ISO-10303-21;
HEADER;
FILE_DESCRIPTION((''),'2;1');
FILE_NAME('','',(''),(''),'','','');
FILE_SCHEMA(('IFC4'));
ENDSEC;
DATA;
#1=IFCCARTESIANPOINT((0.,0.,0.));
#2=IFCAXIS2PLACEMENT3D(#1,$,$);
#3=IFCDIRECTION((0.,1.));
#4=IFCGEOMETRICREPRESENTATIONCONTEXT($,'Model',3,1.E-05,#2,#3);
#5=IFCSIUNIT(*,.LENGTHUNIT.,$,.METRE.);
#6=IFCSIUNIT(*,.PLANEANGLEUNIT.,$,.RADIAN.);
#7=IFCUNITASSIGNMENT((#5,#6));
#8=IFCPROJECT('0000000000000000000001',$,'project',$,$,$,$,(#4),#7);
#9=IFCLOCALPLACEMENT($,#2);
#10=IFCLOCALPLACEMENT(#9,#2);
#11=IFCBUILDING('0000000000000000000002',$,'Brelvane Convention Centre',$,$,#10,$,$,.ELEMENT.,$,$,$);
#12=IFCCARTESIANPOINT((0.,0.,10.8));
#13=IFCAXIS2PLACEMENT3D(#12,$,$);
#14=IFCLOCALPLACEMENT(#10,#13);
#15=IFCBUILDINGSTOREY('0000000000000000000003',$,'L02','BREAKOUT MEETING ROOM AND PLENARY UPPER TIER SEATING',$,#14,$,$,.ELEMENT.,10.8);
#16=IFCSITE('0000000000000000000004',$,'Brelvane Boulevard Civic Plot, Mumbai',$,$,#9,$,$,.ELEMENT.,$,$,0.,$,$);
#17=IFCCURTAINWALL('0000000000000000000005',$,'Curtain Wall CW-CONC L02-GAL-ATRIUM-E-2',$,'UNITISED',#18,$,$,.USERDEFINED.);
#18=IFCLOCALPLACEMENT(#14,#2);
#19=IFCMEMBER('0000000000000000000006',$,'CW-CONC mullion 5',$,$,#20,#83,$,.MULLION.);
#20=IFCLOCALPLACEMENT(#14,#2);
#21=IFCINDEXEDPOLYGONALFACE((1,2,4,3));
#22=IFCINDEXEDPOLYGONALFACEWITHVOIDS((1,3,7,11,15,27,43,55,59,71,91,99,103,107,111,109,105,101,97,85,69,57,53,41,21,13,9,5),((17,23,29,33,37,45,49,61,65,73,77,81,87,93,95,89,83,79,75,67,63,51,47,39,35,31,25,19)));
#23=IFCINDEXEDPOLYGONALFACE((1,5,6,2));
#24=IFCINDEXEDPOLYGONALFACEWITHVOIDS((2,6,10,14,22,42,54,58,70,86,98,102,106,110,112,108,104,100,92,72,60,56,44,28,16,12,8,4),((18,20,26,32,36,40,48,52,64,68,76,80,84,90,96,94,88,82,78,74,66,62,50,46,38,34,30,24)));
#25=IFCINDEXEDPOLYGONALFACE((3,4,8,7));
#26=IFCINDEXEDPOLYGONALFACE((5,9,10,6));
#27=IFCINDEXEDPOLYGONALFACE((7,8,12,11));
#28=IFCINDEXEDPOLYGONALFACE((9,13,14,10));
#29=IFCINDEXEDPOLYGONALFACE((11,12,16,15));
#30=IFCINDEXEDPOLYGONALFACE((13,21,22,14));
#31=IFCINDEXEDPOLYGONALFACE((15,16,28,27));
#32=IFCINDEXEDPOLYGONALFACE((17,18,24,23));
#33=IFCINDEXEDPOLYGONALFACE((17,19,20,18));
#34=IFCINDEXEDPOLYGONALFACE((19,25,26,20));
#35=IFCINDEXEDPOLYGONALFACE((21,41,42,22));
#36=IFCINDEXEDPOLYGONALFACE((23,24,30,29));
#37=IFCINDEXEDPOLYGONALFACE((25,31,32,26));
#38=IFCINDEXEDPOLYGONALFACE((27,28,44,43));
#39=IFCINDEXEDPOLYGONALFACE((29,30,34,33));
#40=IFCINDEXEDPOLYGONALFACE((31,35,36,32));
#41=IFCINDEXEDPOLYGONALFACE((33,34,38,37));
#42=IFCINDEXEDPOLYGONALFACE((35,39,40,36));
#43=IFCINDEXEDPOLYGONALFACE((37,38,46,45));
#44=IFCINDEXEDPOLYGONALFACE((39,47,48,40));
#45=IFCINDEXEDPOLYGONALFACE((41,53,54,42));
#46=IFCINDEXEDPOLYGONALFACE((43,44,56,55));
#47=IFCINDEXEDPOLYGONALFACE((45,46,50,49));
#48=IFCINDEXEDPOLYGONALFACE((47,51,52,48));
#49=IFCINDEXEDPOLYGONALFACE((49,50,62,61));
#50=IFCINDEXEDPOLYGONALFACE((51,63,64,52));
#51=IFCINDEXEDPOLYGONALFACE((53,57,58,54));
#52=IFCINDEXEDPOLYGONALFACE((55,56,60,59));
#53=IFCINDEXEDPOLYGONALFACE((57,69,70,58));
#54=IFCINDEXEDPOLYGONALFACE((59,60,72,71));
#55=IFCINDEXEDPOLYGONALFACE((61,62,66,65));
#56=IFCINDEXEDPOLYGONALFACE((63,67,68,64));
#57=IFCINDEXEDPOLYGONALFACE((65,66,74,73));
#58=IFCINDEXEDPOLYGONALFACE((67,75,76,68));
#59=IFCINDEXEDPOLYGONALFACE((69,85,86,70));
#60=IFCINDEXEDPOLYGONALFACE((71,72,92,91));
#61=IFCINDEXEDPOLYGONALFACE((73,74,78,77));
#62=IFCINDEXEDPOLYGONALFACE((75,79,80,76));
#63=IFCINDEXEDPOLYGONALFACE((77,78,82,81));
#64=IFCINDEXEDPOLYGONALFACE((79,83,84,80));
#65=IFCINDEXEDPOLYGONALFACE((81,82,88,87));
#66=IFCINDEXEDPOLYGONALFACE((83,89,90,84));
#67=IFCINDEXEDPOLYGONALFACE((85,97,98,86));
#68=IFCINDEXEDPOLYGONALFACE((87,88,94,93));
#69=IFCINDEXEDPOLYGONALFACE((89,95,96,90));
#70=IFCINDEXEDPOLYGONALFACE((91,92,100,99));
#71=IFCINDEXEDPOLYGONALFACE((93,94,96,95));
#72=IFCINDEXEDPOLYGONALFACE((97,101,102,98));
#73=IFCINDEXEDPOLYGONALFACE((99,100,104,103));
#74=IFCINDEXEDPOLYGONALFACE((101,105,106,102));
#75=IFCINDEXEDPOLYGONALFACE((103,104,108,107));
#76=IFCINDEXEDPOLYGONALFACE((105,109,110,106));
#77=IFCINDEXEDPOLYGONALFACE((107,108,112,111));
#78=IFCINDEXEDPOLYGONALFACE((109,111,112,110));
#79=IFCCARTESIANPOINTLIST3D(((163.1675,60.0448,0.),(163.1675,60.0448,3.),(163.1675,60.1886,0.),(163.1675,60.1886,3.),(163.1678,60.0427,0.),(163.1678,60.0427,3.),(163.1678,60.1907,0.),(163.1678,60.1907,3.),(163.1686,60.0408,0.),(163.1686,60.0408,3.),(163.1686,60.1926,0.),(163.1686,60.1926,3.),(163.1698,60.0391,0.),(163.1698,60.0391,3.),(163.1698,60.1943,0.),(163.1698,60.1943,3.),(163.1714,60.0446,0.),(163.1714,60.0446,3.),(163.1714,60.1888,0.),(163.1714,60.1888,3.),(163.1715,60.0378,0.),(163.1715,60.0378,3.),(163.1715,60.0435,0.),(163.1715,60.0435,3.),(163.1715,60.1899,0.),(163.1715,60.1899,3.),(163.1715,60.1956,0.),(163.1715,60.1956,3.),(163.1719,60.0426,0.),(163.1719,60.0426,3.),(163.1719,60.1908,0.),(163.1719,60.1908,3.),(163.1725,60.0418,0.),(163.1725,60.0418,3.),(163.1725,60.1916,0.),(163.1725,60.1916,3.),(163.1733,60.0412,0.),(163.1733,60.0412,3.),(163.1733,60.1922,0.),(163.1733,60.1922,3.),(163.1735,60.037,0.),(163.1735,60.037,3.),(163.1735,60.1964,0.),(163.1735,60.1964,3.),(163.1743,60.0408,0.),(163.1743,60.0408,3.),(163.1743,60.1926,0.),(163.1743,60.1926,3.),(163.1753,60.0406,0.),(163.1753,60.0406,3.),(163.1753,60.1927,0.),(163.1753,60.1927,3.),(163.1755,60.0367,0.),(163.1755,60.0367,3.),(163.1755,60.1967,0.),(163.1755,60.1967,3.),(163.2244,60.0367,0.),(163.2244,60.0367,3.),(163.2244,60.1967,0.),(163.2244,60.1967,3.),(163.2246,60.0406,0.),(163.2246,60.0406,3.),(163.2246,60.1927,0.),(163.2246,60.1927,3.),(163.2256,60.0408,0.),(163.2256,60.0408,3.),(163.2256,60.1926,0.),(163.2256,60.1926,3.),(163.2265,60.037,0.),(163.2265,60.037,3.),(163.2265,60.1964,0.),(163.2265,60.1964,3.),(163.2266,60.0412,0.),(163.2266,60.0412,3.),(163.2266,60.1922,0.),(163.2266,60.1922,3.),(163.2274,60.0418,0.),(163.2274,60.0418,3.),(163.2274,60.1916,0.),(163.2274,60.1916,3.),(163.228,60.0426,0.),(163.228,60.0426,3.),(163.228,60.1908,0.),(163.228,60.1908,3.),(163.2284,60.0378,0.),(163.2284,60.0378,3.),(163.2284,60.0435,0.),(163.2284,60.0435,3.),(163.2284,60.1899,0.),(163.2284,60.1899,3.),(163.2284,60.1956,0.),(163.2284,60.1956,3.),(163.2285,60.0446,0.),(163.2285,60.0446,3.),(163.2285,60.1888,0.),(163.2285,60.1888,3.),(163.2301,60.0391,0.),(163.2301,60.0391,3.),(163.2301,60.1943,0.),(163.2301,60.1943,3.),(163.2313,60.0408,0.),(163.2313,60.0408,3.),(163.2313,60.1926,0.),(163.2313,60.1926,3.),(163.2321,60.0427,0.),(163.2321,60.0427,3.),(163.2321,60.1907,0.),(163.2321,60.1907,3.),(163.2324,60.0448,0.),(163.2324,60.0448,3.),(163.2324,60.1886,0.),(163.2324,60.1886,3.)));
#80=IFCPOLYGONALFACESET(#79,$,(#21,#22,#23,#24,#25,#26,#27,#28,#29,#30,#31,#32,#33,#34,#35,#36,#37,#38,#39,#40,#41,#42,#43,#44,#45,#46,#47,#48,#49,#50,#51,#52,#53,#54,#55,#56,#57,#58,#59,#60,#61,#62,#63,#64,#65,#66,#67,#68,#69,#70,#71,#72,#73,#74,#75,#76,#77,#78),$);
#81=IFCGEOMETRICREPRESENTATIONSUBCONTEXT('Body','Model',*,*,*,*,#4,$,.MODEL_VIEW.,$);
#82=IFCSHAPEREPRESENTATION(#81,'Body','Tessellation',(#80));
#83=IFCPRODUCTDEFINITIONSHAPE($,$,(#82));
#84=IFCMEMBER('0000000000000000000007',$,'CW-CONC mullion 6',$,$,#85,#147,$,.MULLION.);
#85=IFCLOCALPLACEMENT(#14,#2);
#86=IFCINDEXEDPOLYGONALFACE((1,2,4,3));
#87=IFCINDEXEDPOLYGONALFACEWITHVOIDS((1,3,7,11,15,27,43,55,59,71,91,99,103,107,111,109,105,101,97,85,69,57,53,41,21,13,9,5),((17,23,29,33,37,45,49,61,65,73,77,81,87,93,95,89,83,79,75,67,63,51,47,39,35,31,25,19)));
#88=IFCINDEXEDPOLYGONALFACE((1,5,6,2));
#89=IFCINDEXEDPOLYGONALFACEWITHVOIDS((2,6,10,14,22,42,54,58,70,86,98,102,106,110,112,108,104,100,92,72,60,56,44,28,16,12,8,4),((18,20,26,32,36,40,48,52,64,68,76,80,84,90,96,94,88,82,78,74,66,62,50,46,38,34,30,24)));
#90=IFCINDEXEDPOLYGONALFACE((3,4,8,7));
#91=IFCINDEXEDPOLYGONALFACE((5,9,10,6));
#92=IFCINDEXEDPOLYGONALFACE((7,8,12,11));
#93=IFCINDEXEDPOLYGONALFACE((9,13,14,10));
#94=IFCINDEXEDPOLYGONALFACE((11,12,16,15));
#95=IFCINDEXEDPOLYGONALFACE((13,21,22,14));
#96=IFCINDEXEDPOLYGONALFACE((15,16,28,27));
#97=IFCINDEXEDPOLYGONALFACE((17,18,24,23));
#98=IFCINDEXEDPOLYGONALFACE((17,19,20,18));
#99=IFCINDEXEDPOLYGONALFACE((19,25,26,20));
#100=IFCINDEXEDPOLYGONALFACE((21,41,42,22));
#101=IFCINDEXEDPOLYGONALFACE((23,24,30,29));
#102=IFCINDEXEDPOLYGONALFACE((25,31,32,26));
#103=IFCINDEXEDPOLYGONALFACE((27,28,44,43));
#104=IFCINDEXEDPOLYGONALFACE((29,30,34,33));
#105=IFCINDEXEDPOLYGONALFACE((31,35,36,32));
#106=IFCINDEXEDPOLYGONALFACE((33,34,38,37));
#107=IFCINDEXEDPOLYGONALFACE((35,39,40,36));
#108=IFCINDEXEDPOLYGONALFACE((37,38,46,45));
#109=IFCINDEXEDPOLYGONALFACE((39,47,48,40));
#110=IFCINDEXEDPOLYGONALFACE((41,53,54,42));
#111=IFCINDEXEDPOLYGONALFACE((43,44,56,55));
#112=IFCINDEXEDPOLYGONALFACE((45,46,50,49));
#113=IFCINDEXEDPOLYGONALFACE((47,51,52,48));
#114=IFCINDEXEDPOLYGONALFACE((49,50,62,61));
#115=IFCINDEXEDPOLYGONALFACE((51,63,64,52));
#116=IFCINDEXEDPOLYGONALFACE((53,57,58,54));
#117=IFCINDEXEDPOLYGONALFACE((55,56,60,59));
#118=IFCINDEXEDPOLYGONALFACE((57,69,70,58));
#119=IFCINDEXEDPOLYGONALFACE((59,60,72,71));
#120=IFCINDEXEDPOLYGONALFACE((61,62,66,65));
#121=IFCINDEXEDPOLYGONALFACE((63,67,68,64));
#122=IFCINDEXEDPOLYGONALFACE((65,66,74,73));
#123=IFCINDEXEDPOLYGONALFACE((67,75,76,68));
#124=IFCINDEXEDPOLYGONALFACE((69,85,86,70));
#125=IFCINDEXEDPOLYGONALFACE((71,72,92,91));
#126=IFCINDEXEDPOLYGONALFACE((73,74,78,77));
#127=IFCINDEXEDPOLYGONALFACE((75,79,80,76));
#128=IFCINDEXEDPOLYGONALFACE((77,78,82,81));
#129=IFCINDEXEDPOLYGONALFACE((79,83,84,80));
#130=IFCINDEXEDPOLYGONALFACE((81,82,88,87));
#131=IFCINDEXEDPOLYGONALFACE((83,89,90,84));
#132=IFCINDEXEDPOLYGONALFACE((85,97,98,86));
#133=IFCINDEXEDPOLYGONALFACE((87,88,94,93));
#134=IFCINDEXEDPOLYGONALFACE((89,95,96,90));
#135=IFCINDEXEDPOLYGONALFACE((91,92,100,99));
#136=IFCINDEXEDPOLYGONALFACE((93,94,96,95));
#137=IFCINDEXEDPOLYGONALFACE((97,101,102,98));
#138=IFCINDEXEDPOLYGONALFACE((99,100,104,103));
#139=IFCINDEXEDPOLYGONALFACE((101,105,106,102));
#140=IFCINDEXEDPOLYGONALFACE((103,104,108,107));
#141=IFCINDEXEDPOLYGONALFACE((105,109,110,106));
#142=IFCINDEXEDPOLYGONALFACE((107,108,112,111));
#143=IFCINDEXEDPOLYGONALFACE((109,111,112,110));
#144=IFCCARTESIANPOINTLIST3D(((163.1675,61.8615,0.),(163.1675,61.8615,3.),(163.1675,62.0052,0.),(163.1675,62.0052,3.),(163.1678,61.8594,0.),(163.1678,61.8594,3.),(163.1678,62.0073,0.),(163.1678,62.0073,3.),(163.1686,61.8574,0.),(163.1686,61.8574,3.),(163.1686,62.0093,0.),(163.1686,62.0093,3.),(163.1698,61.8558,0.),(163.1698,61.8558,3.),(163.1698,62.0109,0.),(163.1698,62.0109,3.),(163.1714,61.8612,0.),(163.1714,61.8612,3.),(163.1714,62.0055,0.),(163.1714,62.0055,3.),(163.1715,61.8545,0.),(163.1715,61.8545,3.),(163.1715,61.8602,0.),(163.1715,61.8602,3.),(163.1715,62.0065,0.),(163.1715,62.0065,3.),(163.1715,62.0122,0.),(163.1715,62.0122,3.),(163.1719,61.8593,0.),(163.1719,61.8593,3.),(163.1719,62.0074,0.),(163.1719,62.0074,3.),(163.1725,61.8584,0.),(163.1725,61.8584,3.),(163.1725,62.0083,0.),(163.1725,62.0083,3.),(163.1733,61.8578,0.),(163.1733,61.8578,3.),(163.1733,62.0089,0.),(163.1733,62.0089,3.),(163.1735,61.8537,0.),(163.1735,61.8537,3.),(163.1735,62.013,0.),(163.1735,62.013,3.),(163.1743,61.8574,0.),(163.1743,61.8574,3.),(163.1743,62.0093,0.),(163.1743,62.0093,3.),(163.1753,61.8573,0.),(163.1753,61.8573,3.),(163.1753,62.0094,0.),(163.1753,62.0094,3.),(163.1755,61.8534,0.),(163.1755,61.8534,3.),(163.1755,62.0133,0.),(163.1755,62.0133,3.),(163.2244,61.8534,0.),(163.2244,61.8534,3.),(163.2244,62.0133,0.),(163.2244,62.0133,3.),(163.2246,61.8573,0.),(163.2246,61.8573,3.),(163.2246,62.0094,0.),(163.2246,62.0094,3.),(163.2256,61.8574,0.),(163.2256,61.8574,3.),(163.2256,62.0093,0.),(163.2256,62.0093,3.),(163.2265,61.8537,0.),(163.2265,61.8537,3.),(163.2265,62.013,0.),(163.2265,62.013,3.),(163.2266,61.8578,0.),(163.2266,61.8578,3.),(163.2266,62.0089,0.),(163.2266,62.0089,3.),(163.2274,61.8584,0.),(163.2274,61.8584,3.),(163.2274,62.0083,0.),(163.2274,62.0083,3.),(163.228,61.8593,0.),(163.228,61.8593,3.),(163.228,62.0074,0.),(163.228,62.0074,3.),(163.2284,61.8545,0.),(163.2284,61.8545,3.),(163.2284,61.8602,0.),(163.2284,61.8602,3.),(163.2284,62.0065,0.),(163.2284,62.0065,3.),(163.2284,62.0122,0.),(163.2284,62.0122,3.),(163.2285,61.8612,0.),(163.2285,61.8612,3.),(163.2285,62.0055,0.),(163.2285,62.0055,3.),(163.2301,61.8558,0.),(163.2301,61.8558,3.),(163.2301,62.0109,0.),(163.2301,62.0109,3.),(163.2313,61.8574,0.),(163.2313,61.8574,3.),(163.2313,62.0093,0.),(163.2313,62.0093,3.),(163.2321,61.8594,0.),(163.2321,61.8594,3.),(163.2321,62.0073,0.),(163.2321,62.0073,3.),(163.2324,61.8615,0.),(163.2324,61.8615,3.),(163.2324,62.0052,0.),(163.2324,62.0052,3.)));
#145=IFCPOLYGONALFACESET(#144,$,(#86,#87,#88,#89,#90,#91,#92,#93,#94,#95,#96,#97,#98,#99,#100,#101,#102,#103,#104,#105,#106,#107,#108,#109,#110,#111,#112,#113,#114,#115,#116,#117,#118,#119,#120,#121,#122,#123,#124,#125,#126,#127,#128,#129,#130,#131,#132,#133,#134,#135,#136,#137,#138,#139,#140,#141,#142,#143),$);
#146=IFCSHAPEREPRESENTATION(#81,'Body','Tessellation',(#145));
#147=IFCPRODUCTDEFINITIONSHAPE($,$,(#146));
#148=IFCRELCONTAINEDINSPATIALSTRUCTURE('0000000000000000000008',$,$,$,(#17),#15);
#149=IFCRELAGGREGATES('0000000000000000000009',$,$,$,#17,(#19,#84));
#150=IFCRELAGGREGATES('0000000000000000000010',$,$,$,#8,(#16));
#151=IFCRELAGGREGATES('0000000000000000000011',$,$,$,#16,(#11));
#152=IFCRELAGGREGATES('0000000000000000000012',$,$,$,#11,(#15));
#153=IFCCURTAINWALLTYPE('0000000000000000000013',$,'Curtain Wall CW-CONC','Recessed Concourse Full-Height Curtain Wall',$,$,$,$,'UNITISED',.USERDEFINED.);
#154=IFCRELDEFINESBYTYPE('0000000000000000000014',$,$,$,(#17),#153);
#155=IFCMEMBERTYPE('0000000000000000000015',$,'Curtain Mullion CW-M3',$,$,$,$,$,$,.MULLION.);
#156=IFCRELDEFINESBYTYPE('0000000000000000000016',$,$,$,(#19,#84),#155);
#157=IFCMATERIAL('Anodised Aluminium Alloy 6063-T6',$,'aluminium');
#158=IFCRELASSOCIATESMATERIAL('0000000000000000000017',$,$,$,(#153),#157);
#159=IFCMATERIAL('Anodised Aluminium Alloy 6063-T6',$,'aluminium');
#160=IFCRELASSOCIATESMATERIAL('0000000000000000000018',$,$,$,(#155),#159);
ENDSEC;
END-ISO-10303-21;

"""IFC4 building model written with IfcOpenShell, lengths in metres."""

from ifc_helpers import new_model, si_unit, direction, frame, origin, origin_2d, place, context, subcontext, project, spatial, hollow_rectangle, extrude, material, material_profile, profile_set, type_object, element, aggregate, save


model = new_model("IFC4")

# Units and contexts
model_context = context("Model", 3, precision=1e-05, world=origin(), true_north=direction((0.0, 1.0)))
body_context = subcontext(model_context, "Body", "Model", "MODEL_VIEW")
ifc_project = project(units=[si_unit("LENGTHUNIT", "METRE"), si_unit("PLANEANGLEUNIT", "RADIAN")], contexts=[model_context])

# Site, building, storey
site_placement = place(None, origin())
site = spatial("IfcSite", under=ifc_project, at=site_placement, Name="Brelvane Boulevard Civic Plot, Mumbai", CompositionType="ELEMENT", RefElevation=0.0)
building_placement = place(site_placement, origin())
building = spatial("IfcBuilding", under=site, at=building_placement, Name="Brelvane Convention Centre", CompositionType="ELEMENT")
storey_placement = place(building_placement, frame((0.0, 0.0, 10.8)))
storey = spatial("IfcBuildingStorey", under=building, at=storey_placement, Name="L02", Description="BREAKOUT MEETING ROOM AND PLENARY UPPER TIER SEATING", CompositionType="ELEMENT", Elevation=10.8)

# Curtain wall, members
ifc_material_1 = material(Name="Anodised Aluminium Alloy 6063-T6", Category="aluminium")
curtain_wall_type = type_object("IfcCurtainWallType", Name="Curtain Wall CW-CONC", Description="Recessed Concourse Full-Height Curtain Wall", ElementType="UNITISED", PredefinedType="USERDEFINED", material=ifc_material_1)
curtain_wall_placement = place(storey_placement, origin())
curtain_wall = element("IfcCurtainWall", 1, at=curtain_wall_placement, inside=storey, type_object=curtain_wall_type, Name="Curtain Wall CW-CONC L02-GAL-ATRIUM-E-2", ObjectType="UNITISED", PredefinedType="USERDEFINED")
ifc_material_2 = material(Name="Anodised Aluminium Alloy 6063-T6", Category="aluminium")
ifc_material_profile_1 = material_profile(ifc_material_2, hollow_rectangle(XDim=0.0649, YDim=0.1599, WallThickness=0.0039, InnerFilletRadius=0.0039, OuterFilletRadius=0.0081, at=origin_2d()), Name="ALU-M 160x65x4.0")
ifc_profile_set_1 = profile_set([ifc_material_profile_1], Name="Anodised Aluminium Alloy 6063-T6")
member_type_1 = type_object("IfcMemberType", Name="Curtain Mullion CW-M3", PredefinedType="MULLION", material=ifc_profile_set_1)
member_1_placement = place(storey_placement, frame((163.2, 60.1167, 0.0), z_axis=(0.0, 0.0, 1.0), x_axis=(-1.0, 0.0, 0.0)))
member_1 = element("IfcMember", 2, at=member_1_placement, type_object=member_type_1, Name="CW-CONC mullion 5", PredefinedType="MULLION", context=body_context, shape_type="SweptSolid", body=[
    extrude(hollow_rectangle(XDim=0.0649, YDim=0.1599, WallThickness=0.0039, InnerFilletRadius=0.0039, OuterFilletRadius=0.0081, at=origin_2d()), origin(), (0.0, 0.0, 1.0), 3.0),
])
member_2_placement = place(storey_placement, frame((163.2, 61.9333, 0.0), z_axis=(0.0, 0.0, 1.0), x_axis=(-1.0, 0.0, 0.0)))
member_2 = element("IfcMember", 3, at=member_2_placement, type_object=member_type_1, Name="CW-CONC mullion 6", PredefinedType="MULLION", context=body_context, shape_type="SweptSolid", body=[
    extrude(hollow_rectangle(XDim=0.0649, YDim=0.1599, WallThickness=0.0039, InnerFilletRadius=0.0039, OuterFilletRadius=0.0081, at=origin_2d()), origin(), (0.0, 0.0, 1.0), 3.0),
])

aggregate(curtain_wall, [member_1, member_2])

save(model, "model.ifc")
